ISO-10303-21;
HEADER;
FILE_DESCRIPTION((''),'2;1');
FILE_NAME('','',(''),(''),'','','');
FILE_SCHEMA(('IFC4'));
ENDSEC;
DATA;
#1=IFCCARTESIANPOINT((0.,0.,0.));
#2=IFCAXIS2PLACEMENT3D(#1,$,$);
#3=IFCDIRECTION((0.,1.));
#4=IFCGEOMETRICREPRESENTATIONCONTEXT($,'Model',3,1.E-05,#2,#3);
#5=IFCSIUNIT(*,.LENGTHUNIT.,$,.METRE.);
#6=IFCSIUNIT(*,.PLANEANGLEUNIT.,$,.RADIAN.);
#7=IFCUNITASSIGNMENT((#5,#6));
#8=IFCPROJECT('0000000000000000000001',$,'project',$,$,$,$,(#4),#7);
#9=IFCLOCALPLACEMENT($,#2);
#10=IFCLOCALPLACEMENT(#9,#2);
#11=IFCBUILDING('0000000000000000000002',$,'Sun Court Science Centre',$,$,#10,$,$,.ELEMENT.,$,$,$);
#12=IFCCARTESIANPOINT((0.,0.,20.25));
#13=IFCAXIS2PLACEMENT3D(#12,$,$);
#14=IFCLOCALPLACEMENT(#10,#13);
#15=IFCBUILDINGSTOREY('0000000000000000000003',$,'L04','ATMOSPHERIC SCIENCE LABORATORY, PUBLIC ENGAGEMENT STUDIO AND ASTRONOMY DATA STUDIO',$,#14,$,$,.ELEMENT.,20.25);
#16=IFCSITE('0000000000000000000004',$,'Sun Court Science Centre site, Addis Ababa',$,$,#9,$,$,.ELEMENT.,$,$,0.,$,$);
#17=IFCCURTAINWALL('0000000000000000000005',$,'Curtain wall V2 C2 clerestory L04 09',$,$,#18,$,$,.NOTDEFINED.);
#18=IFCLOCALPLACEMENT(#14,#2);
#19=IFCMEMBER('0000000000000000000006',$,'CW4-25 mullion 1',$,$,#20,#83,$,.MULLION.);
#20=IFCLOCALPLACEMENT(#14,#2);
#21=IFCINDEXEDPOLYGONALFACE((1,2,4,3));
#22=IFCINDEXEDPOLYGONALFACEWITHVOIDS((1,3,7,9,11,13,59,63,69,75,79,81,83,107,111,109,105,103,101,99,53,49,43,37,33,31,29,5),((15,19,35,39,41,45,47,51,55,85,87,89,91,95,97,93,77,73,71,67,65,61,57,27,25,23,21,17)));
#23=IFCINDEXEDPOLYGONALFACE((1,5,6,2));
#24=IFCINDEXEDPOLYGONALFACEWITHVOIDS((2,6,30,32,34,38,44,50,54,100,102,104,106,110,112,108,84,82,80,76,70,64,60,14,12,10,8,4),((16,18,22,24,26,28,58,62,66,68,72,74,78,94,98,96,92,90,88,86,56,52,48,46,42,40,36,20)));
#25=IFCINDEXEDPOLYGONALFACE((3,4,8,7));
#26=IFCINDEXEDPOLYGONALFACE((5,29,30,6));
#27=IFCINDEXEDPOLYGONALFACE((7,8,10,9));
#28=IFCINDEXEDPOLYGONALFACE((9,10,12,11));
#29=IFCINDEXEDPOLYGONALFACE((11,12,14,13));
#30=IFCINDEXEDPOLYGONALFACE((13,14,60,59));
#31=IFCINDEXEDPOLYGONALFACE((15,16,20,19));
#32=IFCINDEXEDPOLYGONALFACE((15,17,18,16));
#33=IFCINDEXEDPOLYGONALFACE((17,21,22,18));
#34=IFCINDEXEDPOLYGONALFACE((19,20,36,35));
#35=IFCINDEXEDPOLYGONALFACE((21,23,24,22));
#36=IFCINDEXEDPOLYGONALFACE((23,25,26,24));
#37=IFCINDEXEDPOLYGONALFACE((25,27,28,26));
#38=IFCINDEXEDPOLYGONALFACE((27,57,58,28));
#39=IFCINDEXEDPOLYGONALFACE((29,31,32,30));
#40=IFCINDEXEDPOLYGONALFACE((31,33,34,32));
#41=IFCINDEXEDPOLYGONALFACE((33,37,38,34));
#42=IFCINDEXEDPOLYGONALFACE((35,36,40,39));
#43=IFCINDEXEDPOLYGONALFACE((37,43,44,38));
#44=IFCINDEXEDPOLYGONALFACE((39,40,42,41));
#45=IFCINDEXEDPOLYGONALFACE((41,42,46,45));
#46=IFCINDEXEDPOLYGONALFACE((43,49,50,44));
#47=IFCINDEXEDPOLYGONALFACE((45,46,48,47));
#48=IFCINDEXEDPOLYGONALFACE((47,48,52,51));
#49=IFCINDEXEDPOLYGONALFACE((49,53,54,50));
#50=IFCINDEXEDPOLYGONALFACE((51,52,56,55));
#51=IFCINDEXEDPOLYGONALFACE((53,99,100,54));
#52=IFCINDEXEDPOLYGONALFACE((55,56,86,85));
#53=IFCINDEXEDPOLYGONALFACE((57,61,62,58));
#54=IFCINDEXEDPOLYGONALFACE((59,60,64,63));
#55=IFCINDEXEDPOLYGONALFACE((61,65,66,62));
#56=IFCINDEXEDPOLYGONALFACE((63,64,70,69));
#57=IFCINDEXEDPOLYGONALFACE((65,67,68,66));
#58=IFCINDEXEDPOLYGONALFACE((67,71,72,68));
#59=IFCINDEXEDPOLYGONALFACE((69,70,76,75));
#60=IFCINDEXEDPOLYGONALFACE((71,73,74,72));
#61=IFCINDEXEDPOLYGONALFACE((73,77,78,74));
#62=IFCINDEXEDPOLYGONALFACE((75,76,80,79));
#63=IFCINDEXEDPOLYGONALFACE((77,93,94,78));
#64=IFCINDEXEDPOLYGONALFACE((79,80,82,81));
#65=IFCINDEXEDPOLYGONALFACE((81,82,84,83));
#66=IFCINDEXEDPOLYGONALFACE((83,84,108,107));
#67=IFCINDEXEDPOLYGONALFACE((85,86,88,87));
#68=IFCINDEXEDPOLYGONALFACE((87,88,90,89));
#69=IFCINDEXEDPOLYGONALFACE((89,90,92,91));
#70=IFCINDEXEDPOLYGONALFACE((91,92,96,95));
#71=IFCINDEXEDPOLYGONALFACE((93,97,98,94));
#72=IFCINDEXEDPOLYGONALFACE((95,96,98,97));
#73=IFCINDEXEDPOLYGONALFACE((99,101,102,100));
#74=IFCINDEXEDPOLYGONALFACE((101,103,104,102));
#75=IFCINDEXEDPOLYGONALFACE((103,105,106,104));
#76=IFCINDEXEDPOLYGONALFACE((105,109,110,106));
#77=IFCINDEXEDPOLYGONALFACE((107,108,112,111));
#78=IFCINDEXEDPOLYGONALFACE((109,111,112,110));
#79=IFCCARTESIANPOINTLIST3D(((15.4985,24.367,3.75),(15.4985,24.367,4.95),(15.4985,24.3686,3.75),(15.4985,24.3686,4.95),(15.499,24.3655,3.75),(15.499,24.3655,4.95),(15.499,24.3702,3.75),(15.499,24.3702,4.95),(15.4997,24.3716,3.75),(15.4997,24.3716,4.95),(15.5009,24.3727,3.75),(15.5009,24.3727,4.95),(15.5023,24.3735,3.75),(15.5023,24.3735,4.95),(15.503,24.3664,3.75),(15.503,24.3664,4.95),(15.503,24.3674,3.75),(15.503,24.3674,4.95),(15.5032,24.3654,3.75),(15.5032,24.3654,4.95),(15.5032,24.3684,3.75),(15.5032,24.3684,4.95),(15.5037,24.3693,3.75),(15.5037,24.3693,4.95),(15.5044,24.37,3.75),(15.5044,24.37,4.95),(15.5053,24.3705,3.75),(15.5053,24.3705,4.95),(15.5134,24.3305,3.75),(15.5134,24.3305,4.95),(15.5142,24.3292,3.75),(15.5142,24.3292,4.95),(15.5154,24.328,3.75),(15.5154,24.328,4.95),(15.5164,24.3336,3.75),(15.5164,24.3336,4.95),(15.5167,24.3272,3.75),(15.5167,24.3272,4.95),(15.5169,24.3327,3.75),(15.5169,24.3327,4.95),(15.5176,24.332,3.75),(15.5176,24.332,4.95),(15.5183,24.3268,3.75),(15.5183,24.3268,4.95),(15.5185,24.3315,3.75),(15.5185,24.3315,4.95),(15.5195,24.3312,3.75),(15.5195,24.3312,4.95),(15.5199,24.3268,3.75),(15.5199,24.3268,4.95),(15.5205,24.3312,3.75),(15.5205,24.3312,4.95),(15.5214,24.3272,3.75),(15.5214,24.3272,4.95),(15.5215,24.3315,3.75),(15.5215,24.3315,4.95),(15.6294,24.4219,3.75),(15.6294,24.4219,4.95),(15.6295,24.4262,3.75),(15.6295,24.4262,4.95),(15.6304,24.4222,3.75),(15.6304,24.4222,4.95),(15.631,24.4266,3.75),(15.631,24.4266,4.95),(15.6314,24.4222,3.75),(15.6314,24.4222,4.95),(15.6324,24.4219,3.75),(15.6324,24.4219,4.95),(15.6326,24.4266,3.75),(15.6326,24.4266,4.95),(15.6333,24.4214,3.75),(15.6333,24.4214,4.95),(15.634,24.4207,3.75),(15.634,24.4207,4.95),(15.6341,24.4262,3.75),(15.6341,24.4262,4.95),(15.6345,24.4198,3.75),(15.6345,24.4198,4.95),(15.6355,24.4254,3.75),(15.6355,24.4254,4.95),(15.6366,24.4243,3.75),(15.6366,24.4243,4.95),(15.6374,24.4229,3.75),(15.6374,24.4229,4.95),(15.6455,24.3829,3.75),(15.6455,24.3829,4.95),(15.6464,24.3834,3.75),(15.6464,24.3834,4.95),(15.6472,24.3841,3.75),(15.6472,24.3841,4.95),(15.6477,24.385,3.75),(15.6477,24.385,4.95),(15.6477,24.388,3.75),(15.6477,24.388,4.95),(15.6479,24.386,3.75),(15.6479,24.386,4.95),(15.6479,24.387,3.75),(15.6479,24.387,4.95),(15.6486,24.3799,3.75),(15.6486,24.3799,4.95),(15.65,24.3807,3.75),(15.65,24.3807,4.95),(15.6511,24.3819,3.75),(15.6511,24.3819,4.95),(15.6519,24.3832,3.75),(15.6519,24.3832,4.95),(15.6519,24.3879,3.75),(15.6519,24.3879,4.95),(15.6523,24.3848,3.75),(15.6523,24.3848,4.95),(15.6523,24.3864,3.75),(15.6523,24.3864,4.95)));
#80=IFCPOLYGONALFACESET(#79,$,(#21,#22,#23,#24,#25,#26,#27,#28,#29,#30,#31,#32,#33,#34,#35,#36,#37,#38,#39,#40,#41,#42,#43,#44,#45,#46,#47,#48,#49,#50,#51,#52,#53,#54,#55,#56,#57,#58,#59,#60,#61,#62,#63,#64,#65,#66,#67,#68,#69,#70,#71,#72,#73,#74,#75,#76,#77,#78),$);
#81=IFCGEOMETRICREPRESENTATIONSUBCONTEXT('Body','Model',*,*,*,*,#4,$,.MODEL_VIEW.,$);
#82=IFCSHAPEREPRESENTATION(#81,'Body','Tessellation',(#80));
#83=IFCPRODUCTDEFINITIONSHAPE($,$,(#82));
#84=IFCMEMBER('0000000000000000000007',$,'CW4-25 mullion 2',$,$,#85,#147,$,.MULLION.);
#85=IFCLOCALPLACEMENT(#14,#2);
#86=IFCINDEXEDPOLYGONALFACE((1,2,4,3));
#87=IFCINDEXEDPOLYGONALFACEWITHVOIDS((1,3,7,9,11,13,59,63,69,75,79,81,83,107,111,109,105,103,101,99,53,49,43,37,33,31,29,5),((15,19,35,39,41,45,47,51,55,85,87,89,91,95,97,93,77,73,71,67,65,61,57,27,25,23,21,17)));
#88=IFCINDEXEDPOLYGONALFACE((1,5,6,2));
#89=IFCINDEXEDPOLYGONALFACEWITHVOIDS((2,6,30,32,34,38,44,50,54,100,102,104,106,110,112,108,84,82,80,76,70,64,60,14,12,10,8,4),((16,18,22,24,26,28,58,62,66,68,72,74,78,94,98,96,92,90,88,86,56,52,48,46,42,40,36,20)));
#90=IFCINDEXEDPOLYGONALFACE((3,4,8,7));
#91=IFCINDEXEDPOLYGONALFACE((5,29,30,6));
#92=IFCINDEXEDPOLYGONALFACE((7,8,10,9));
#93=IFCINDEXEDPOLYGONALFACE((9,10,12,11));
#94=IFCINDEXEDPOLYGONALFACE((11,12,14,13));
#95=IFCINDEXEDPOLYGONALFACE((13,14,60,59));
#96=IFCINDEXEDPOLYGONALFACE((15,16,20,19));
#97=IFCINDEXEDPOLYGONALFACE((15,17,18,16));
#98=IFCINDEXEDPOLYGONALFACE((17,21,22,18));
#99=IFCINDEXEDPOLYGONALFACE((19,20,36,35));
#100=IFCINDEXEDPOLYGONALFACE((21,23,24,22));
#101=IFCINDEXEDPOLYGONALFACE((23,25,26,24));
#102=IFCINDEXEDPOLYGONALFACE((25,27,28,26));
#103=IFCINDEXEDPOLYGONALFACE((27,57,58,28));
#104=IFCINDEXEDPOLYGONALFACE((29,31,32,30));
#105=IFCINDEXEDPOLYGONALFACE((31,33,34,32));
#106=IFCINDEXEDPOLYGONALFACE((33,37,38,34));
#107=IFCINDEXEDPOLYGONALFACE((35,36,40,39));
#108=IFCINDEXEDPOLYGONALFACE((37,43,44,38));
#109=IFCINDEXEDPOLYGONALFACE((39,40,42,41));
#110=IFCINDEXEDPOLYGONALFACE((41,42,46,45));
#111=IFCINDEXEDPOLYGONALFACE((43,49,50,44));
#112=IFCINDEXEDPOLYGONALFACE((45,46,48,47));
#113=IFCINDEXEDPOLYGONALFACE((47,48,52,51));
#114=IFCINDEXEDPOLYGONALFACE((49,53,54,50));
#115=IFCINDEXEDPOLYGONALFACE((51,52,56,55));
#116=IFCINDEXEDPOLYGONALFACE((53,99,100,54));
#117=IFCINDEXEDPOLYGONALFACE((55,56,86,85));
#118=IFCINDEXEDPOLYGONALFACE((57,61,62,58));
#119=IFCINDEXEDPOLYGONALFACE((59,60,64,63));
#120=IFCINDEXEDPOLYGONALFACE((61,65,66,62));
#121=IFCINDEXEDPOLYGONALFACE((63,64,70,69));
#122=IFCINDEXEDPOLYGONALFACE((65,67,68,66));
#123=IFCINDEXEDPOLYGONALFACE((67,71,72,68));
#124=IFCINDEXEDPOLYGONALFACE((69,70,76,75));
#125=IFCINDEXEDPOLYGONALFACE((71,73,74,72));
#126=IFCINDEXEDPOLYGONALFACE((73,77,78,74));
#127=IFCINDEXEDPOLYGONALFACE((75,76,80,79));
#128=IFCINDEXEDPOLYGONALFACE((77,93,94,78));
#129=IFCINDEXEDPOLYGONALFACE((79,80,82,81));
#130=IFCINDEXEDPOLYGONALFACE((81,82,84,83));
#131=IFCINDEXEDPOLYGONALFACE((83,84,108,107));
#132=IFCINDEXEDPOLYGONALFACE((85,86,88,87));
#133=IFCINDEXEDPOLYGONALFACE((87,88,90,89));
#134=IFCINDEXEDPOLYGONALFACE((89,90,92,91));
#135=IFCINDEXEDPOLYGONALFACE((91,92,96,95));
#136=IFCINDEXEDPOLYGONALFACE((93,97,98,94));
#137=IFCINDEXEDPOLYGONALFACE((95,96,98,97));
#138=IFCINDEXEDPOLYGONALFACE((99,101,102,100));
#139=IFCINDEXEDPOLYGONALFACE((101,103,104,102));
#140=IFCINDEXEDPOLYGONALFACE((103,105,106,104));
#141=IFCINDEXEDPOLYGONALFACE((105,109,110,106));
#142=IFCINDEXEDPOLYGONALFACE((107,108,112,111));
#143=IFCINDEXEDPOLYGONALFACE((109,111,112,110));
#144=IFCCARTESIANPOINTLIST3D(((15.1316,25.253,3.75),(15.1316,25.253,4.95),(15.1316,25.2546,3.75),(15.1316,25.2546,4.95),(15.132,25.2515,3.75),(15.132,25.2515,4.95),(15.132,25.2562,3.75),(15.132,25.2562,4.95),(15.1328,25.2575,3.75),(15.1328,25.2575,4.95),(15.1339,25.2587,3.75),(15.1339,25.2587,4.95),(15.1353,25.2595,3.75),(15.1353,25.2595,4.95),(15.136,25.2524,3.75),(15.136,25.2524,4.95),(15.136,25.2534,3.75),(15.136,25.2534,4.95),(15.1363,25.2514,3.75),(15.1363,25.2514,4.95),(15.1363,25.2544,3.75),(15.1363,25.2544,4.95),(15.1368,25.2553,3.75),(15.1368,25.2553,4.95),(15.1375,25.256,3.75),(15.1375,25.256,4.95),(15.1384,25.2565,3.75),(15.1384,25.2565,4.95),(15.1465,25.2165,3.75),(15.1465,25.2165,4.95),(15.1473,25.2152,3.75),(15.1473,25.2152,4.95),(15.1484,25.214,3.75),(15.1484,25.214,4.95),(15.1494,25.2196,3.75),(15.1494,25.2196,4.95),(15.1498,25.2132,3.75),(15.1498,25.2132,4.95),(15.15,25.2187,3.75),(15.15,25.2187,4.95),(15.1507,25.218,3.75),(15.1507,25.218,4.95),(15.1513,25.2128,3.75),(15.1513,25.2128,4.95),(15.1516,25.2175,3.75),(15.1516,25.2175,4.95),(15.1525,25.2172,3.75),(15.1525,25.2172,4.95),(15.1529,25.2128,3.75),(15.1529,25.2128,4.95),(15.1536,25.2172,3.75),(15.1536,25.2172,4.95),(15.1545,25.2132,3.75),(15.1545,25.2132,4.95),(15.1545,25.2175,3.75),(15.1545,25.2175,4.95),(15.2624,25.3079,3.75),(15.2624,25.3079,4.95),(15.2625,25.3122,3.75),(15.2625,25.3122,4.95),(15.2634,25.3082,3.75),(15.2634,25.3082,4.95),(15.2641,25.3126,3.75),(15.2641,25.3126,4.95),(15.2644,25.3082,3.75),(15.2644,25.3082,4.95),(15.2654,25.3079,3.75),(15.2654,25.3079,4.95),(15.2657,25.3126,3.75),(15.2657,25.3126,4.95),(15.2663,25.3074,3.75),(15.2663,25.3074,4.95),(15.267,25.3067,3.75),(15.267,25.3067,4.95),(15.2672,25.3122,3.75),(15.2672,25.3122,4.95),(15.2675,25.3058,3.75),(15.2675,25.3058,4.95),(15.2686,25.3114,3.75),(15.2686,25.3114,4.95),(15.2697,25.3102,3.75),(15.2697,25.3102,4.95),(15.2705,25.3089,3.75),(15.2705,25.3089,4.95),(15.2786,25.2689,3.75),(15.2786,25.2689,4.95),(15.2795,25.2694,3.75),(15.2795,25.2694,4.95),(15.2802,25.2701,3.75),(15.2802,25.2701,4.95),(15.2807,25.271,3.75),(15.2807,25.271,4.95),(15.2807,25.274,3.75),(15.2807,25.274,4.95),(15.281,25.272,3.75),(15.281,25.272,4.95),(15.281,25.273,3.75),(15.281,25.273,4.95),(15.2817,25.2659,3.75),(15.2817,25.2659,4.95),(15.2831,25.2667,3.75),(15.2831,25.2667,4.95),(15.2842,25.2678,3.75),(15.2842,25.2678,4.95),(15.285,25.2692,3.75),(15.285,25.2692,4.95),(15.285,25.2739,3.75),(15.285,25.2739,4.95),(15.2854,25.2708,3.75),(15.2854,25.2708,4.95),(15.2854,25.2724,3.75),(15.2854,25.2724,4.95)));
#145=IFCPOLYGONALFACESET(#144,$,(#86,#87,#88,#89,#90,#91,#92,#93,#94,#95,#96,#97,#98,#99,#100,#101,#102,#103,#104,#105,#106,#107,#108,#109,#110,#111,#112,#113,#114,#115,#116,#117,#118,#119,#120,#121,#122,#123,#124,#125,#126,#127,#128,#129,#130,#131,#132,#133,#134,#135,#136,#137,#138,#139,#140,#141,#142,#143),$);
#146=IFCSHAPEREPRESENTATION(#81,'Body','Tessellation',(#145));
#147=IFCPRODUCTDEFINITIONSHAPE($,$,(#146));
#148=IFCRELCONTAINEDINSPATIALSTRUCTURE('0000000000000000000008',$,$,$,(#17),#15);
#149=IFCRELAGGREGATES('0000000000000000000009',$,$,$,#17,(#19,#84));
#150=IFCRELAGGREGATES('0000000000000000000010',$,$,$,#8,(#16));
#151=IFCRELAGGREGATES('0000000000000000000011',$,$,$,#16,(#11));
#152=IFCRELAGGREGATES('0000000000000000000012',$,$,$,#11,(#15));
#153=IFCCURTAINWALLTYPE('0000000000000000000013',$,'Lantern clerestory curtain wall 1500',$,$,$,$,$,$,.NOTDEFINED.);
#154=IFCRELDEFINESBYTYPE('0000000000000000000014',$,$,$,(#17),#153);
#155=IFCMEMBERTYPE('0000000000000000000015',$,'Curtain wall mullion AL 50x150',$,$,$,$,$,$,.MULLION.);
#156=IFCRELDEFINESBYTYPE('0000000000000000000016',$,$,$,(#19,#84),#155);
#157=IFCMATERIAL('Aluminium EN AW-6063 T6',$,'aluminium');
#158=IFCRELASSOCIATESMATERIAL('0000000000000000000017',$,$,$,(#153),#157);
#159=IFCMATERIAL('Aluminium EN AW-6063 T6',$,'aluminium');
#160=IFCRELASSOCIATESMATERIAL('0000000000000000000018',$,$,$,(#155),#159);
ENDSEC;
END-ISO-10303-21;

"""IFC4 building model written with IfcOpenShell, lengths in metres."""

from ifc_helpers import new_model, si_unit, direction, frame, origin, origin_2d, place, context, subcontext, project, spatial, hollow_rectangle, extrude, material, material_profile, profile_set, type_object, element, aggregate, save


model = new_model("IFC4")

# Units and contexts
model_context = context("Model", 3, precision=1e-05, world=origin(), true_north=direction((0.0, 1.0)))
body_context = subcontext(model_context, "Body", "Model", "MODEL_VIEW")
ifc_project = project(units=[si_unit("LENGTHUNIT", "METRE"), si_unit("PLANEANGLEUNIT", "RADIAN")], contexts=[model_context])

# Site, building, storey
site_placement = place(None, origin())
site = spatial("IfcSite", under=ifc_project, at=site_placement, Name="Sun Court Science Centre site, Addis Ababa", CompositionType="ELEMENT", RefElevation=0.0)
building_placement = place(site_placement, origin())
building = spatial("IfcBuilding", under=site, at=building_placement, Name="Sun Court Science Centre", CompositionType="ELEMENT")
storey_placement = place(building_placement, frame((0.0, 0.0, 20.25)))
storey = spatial("IfcBuildingStorey", under=building, at=storey_placement, Name="L04", Description="ATMOSPHERIC SCIENCE LABORATORY, PUBLIC ENGAGEMENT STUDIO AND ASTRONOMY DATA STUDIO", CompositionType="ELEMENT", Elevation=20.25)

# Curtain wall, members
ifc_material_1 = material(Name="Aluminium EN AW-6063 T6", Category="aluminium")
curtain_wall_type = type_object("IfcCurtainWallType", Name="Lantern clerestory curtain wall 1500", PredefinedType="NOTDEFINED", material=ifc_material_1)
curtain_wall_placement = place(storey_placement, origin())
curtain_wall = element("IfcCurtainWall", 1, at=curtain_wall_placement, inside=storey, type_object=curtain_wall_type, Name="Curtain wall V2 C2 clerestory L04 09", PredefinedType="NOTDEFINED")
ifc_material_2 = material(Name="Aluminium EN AW-6063 T6", Category="aluminium")
ifc_material_profile_1 = material_profile(ifc_material_2, hollow_rectangle(XDim=0.05, YDim=0.1499, WallThickness=0.0039, InnerFilletRadius=0.0039, OuterFilletRadius=0.0061, at=origin_2d()), Name="AL 50x150x4")
ifc_profile_set_1 = profile_set([ifc_material_profile_1], Name="Aluminium EN AW-6063 T6")
member_type_1 = type_object("IfcMemberType", Name="Curtain wall mullion AL 50x150", PredefinedType="MULLION", material=ifc_profile_set_1)
member_1_placement = place(storey_placement, frame((15.5754, 24.3767, 3.75), z_axis=(0.0, 0.0, 1.0), x_axis=(-0.382683, 0.92388, 0.0)))
member_1 = element("IfcMember", 2, at=member_1_placement, type_object=member_type_1, Name="CW4-25 mullion 1", PredefinedType="MULLION", context=body_context, shape_type="SweptSolid", body=[
    extrude(hollow_rectangle(XDim=0.05, YDim=0.1499, WallThickness=0.0039, InnerFilletRadius=0.0039, OuterFilletRadius=0.0061, at=origin_2d()), origin(), (0.0, 0.0, 1.0), 1.2),
])
member_2_placement = place(storey_placement, frame((15.2085, 25.2627, 3.75), z_axis=(0.0, 0.0, 1.0), x_axis=(-0.382683, 0.92388, 0.0)))
member_2 = element("IfcMember", 3, at=member_2_placement, type_object=member_type_1, Name="CW4-25 mullion 2", PredefinedType="MULLION", context=body_context, shape_type="SweptSolid", body=[
    extrude(hollow_rectangle(XDim=0.05, YDim=0.1499, WallThickness=0.0039, InnerFilletRadius=0.0039, OuterFilletRadius=0.0061, at=origin_2d()), origin(), (0.0, 0.0, 1.0), 1.2),
])

aggregate(curtain_wall, [member_1, member_2])

save(model, "model.ifc")
